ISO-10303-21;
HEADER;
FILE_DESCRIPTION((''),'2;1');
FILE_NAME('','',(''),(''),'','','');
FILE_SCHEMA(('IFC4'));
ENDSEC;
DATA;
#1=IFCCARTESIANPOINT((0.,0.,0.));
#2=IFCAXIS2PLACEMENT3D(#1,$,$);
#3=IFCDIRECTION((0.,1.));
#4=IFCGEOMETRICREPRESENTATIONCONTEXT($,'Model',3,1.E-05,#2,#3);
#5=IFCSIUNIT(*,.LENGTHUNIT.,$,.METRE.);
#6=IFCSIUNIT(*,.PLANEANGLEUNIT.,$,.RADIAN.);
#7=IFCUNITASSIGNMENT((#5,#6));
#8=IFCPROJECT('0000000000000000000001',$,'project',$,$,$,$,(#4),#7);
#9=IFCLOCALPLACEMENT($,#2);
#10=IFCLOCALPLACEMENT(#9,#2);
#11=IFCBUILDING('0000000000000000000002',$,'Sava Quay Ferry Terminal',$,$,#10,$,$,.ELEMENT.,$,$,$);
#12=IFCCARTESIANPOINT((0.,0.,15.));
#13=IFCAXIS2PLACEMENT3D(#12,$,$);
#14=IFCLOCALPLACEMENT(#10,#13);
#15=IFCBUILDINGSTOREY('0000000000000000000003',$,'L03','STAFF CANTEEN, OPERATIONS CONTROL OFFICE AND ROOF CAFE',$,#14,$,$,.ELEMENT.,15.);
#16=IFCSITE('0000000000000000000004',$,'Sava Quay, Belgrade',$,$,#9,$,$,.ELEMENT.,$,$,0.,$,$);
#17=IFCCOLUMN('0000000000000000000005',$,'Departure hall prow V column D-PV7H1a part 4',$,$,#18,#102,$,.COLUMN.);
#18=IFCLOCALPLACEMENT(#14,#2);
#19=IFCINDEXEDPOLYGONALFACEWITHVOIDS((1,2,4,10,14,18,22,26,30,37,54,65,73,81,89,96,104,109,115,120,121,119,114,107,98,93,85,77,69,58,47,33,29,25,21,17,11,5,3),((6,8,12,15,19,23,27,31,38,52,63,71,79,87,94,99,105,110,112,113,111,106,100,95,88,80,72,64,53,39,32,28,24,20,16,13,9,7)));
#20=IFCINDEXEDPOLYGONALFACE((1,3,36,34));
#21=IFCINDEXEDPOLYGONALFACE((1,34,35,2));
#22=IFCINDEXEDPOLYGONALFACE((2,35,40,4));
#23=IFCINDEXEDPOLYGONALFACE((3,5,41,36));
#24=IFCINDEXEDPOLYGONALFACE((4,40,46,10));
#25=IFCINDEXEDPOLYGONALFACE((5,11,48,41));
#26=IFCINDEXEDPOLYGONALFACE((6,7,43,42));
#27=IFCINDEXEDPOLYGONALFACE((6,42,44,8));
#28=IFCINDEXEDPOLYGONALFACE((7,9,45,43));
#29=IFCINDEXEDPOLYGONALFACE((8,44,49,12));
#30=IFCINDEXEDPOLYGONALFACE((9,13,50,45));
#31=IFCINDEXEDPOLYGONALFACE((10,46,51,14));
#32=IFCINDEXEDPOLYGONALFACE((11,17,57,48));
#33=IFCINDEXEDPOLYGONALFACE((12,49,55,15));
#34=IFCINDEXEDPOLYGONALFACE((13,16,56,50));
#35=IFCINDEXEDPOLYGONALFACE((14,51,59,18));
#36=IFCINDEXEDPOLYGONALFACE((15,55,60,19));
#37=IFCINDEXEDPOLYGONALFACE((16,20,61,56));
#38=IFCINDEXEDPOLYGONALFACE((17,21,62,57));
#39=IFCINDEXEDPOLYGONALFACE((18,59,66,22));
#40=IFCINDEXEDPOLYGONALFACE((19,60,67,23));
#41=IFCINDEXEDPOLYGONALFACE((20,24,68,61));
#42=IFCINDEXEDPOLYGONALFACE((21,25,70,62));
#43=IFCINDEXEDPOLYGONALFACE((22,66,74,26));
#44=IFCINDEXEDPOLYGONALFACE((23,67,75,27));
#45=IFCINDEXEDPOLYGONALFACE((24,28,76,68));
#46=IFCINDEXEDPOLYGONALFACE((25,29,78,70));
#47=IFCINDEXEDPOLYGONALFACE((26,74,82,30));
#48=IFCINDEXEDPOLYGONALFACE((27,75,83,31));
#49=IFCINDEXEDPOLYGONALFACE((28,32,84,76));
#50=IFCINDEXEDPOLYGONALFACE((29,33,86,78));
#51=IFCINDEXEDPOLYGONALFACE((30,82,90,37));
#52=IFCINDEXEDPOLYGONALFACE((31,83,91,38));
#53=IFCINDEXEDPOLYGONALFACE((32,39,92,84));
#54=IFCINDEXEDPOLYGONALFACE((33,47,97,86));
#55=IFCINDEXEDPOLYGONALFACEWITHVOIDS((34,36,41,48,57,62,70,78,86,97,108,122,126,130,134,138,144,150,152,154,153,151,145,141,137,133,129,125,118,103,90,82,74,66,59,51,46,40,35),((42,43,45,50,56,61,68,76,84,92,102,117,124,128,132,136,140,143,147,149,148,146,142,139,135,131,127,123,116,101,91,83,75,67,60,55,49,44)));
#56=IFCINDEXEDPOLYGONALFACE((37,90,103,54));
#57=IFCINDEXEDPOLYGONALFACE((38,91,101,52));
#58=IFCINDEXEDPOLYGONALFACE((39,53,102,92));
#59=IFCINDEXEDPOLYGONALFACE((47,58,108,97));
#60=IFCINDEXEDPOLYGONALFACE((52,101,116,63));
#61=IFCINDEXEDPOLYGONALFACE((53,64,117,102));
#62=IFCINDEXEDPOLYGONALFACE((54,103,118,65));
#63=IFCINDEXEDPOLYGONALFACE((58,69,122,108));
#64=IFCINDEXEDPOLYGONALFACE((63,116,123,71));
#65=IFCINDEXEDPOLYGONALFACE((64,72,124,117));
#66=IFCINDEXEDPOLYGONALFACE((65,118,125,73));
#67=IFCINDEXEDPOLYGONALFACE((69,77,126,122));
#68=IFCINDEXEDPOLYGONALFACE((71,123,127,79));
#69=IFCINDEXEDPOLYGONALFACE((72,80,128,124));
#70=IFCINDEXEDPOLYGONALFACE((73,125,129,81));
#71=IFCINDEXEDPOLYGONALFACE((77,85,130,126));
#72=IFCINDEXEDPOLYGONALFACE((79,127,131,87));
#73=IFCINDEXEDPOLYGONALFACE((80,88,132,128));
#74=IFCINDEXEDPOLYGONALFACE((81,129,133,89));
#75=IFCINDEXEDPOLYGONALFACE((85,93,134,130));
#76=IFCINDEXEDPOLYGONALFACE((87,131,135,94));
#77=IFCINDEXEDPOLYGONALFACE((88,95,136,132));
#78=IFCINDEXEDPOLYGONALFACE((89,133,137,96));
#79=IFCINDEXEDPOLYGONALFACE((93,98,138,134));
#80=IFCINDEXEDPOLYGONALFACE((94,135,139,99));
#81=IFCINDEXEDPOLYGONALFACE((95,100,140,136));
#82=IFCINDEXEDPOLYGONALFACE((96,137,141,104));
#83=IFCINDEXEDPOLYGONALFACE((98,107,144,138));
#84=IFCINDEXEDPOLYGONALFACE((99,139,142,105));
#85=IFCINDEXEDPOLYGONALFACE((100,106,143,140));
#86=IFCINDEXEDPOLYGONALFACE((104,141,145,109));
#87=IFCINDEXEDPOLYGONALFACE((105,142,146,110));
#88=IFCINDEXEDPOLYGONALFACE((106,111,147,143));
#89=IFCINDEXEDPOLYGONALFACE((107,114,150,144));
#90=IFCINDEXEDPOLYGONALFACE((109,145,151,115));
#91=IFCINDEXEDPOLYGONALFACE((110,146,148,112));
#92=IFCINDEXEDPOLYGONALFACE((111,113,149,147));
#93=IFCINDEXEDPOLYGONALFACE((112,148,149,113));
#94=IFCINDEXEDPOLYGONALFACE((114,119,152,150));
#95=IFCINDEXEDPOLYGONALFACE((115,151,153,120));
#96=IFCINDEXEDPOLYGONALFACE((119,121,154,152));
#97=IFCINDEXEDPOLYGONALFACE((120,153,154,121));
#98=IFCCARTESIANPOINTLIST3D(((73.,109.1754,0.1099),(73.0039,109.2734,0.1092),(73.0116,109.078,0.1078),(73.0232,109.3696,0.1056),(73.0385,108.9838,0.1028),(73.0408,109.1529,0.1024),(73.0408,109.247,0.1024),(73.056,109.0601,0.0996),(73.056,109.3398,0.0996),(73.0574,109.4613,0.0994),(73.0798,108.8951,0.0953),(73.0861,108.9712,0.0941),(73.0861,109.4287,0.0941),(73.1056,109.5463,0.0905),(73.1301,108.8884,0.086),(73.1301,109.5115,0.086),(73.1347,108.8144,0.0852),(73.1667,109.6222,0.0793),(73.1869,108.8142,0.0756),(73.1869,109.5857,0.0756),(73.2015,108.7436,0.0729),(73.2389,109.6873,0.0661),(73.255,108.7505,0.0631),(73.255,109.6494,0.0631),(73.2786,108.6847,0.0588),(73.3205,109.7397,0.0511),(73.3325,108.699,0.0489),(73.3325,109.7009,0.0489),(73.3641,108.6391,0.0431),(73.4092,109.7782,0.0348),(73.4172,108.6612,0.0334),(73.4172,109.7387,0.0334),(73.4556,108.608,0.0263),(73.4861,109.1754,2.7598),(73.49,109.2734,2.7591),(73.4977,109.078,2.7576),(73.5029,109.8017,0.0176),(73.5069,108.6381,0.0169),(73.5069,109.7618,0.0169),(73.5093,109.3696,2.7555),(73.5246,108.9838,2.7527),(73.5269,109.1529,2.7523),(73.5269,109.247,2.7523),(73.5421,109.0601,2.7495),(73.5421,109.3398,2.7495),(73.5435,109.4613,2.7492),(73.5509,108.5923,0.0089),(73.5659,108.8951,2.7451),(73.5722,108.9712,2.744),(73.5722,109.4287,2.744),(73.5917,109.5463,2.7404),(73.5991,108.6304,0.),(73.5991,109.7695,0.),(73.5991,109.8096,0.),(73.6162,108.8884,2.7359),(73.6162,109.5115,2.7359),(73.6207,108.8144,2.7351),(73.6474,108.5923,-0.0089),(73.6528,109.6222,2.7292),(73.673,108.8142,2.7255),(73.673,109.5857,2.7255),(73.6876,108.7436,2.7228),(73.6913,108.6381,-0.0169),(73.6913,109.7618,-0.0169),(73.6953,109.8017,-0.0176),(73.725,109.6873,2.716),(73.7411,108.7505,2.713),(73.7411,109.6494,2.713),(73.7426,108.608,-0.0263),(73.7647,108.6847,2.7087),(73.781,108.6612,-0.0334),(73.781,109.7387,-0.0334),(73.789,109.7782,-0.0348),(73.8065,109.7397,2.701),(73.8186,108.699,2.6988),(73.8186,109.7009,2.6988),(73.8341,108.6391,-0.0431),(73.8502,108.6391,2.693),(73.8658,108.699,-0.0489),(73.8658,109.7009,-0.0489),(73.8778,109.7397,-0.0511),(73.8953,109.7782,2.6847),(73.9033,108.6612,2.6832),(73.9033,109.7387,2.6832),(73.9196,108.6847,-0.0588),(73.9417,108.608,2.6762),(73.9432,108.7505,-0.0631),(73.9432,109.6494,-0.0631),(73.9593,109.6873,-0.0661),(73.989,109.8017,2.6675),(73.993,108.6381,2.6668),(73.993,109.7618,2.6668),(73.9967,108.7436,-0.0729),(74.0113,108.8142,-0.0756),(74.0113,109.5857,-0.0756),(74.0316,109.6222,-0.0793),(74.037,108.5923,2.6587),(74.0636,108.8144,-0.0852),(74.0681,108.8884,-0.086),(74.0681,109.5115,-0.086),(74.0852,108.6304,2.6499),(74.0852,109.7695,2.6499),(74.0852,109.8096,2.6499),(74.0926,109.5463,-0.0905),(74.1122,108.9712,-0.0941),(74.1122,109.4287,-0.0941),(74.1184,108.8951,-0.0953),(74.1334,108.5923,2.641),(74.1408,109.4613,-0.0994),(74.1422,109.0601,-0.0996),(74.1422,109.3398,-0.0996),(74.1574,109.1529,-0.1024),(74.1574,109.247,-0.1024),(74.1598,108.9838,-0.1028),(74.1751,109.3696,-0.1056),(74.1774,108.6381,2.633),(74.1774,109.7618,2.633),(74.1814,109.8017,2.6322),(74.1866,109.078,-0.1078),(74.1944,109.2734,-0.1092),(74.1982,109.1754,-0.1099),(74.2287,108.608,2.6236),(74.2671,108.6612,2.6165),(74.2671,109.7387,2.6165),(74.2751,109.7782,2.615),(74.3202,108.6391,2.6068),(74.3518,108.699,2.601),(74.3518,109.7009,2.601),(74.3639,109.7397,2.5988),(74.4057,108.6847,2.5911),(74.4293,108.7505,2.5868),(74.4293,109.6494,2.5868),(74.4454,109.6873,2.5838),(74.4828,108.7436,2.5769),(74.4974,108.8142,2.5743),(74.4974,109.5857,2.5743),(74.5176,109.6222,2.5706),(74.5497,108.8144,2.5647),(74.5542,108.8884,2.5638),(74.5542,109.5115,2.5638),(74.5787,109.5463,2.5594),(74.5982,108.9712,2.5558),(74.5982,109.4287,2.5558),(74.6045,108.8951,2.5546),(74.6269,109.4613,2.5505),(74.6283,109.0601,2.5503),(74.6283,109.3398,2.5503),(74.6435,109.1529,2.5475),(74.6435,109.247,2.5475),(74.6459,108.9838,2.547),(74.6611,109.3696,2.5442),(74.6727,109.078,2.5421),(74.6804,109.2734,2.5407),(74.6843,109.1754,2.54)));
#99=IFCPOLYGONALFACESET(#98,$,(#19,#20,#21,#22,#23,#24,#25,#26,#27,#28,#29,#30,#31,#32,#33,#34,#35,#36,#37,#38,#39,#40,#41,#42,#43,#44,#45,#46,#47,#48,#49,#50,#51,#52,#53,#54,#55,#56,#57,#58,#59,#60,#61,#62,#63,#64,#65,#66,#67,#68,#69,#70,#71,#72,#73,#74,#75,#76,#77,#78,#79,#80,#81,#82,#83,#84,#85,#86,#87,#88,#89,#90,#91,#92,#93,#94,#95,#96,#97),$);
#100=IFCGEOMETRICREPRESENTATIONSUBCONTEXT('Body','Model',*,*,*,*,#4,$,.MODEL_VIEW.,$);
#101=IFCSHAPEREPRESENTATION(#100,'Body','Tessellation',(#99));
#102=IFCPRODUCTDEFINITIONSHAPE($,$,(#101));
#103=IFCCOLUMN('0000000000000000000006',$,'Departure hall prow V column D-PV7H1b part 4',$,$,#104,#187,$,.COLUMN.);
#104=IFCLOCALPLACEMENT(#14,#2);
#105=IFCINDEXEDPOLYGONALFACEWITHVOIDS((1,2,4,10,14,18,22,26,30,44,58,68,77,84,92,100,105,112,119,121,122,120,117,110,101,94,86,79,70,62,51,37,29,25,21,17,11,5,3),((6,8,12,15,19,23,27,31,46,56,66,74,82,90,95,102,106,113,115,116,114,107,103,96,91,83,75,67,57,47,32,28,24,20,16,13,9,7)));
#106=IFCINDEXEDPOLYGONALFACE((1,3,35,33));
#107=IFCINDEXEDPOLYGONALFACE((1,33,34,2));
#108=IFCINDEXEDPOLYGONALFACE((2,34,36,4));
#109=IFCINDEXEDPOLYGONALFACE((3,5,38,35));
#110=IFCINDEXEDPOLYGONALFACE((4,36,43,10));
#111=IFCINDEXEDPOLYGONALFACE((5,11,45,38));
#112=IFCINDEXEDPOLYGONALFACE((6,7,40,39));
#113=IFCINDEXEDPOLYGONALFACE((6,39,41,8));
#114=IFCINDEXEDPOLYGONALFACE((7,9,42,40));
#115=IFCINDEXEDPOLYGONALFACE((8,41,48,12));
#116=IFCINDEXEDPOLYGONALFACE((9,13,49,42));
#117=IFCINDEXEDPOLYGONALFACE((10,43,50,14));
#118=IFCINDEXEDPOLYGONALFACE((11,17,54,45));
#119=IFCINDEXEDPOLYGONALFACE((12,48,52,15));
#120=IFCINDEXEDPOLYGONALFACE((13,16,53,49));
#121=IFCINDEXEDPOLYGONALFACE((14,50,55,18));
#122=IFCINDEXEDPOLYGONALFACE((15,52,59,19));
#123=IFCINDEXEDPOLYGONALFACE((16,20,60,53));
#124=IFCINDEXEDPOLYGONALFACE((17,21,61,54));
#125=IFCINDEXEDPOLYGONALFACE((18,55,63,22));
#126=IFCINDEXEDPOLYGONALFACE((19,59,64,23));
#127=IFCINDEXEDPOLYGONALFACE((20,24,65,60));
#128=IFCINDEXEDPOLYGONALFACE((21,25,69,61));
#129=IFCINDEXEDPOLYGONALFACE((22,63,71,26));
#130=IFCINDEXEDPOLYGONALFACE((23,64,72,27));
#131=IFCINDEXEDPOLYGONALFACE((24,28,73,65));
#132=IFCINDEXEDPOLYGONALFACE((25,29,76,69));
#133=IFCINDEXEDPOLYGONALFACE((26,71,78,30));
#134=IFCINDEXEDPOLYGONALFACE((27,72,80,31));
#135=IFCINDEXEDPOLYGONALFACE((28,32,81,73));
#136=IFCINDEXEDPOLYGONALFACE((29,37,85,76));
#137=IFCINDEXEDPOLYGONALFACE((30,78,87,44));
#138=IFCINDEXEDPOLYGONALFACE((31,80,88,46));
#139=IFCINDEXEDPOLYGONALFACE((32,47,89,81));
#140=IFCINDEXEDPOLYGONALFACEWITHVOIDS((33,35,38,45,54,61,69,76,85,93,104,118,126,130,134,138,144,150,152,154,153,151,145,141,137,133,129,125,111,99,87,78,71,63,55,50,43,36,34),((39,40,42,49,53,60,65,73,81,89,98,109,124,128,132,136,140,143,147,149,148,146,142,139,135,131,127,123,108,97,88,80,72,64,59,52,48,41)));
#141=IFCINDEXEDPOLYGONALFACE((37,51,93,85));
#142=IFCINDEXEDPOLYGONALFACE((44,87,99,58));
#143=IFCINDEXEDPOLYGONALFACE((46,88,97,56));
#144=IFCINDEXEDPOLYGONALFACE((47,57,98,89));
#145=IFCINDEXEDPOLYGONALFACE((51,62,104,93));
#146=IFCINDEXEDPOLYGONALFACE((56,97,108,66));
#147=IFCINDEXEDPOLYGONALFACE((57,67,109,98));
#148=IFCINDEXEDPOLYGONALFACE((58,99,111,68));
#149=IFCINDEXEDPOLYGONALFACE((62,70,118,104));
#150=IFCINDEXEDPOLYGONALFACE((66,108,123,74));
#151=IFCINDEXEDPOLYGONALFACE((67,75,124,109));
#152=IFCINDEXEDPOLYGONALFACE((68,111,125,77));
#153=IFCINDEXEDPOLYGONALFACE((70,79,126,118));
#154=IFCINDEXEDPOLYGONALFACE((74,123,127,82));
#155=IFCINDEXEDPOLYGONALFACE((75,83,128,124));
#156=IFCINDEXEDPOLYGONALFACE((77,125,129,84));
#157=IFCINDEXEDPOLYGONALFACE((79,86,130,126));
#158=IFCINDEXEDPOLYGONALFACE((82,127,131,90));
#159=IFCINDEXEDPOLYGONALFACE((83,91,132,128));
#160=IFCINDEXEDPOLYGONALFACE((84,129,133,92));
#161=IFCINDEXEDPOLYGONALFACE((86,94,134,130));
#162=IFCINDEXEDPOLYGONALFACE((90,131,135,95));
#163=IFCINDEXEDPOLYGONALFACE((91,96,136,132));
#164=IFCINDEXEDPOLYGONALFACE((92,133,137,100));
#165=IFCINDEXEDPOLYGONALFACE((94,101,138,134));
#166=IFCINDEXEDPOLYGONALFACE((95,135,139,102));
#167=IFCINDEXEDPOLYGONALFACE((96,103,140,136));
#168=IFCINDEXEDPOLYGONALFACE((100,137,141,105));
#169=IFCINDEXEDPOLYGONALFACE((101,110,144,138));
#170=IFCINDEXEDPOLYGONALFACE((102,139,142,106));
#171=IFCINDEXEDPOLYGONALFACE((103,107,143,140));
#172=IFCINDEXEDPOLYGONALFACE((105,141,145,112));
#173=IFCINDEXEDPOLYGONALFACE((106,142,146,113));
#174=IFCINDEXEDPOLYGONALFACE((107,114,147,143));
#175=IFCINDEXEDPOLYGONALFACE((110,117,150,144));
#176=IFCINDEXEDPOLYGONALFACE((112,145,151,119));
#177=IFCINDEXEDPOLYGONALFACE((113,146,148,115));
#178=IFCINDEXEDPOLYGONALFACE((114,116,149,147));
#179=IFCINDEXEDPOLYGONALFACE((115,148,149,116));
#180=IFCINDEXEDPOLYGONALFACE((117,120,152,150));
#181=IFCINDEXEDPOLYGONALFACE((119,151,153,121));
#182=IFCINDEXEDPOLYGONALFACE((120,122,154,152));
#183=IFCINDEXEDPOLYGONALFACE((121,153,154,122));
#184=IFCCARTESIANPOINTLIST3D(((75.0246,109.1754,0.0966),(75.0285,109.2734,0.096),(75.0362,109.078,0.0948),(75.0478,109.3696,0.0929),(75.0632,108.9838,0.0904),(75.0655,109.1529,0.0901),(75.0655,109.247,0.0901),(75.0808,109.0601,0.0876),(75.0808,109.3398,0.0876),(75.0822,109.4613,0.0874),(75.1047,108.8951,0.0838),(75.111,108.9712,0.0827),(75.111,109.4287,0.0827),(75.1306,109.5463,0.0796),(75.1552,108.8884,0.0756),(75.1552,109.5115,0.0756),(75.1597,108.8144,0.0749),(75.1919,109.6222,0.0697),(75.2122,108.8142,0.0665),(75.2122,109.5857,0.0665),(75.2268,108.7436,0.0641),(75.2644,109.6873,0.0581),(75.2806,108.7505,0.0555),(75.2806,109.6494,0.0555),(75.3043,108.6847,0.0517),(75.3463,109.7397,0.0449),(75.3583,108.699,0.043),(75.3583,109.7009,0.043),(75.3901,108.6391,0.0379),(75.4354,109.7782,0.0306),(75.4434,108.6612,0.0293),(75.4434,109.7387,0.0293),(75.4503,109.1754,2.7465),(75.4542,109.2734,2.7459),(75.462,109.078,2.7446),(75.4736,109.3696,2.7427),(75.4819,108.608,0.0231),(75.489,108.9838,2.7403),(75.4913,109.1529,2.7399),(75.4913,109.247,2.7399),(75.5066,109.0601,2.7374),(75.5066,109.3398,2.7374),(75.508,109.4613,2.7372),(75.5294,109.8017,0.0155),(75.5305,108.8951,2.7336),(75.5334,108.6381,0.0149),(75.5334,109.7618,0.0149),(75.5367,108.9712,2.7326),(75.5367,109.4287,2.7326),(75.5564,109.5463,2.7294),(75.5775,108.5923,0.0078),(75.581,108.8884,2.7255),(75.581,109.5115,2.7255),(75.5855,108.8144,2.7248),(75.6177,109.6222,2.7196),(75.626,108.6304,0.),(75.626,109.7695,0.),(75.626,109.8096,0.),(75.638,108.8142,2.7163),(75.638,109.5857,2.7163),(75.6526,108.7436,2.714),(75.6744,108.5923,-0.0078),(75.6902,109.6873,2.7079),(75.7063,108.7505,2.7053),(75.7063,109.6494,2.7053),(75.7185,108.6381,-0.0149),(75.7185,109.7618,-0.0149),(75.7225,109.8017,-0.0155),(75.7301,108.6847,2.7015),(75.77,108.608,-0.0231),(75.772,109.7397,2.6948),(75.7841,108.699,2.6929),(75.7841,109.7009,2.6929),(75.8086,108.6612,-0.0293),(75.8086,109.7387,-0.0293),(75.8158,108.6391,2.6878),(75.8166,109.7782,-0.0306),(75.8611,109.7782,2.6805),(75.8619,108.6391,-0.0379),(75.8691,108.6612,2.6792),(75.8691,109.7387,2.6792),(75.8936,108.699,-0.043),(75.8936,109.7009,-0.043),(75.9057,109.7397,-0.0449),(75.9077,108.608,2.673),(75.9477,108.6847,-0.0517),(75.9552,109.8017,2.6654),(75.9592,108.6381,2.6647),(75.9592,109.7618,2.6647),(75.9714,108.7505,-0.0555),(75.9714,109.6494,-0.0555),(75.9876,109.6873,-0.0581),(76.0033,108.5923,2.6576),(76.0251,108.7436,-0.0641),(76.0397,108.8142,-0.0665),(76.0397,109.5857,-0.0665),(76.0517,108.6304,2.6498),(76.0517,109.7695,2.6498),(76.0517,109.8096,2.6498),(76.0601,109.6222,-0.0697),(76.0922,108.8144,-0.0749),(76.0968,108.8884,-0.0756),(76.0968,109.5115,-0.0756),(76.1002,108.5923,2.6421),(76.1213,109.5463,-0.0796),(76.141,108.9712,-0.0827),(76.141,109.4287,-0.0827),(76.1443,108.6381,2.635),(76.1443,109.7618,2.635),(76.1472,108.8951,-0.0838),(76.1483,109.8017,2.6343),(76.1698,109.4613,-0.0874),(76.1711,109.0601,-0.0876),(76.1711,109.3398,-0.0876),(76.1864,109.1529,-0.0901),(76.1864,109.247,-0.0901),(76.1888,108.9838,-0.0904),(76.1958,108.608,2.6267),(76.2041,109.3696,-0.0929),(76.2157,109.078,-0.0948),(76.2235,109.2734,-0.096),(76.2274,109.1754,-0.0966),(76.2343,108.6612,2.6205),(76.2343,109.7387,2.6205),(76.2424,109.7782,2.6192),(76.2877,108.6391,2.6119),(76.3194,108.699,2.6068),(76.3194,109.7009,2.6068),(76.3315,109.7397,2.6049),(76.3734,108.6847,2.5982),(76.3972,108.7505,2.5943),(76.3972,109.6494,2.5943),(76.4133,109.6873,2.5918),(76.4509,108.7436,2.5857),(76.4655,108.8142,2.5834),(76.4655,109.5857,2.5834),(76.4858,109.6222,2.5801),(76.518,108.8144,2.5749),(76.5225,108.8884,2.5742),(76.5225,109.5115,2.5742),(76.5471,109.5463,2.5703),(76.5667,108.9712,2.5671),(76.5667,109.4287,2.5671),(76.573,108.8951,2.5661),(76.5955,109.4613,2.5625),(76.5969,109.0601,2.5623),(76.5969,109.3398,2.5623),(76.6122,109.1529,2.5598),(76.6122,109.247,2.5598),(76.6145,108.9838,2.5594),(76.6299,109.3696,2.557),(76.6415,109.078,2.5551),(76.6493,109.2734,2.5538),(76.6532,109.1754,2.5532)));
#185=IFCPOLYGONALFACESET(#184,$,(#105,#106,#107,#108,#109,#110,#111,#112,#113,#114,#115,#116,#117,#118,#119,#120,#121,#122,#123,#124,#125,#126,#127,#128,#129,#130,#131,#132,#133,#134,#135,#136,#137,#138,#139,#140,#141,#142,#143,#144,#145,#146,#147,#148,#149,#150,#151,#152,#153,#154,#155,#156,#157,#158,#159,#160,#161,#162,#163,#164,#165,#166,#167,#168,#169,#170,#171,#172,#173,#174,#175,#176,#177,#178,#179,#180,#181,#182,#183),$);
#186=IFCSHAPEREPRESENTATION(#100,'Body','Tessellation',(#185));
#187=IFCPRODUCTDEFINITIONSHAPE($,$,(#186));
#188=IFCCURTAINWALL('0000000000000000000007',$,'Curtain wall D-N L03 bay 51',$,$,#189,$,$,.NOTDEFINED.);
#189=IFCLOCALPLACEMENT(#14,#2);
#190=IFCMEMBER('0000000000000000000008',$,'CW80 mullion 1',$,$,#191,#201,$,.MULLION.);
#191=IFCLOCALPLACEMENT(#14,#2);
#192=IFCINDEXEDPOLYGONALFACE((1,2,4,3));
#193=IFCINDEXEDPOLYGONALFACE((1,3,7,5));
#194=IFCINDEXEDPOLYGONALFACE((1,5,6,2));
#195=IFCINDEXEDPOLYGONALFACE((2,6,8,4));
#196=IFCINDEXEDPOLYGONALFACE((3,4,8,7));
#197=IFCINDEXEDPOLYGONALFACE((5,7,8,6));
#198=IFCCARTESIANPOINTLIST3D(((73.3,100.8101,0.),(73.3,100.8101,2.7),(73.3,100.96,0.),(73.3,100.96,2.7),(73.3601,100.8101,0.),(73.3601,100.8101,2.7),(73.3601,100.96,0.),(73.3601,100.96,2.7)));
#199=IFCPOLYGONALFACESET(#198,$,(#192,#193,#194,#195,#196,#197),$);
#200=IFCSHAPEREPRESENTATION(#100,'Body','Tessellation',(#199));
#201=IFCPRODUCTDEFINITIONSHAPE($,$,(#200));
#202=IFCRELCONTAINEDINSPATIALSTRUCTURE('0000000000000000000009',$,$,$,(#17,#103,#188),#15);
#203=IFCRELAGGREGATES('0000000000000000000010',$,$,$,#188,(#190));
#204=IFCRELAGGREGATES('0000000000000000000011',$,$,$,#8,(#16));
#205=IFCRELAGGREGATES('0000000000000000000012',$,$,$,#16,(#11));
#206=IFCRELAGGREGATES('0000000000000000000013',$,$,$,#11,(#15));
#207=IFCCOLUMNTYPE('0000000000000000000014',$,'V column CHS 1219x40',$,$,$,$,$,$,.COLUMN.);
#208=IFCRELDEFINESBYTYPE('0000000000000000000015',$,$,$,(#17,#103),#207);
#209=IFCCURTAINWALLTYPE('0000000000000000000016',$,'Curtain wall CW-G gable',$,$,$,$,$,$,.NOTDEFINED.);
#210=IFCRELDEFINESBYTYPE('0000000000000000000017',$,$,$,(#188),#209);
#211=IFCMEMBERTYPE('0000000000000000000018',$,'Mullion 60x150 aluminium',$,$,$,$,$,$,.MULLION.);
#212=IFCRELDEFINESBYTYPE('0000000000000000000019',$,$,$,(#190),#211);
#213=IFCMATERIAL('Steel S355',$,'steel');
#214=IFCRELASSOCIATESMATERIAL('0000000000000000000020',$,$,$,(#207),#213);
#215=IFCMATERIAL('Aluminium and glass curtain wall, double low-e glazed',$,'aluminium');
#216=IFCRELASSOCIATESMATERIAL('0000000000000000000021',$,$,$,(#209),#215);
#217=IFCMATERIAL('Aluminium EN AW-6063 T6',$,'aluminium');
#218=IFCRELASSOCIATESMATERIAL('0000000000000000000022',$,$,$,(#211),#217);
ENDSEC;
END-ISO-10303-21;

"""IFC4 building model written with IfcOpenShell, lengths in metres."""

from ifc_helpers import new_model, si_unit, direction, frame, origin, origin_2d, place, context, subcontext, project, spatial, rectangle, hollow_circle, extrude, material, material_profile, profile_set, type_object, element, aggregate, save


model = new_model("IFC4")

# Units and contexts
model_context = context("Model", 3, precision=1e-05, world=origin(), true_north=direction((0.0, 1.0)))
body_context = subcontext(model_context, "Body", "Model", "MODEL_VIEW")
ifc_project = project(units=[si_unit("LENGTHUNIT", "METRE"), si_unit("PLANEANGLEUNIT", "RADIAN")], contexts=[model_context])

# Site, building, storey
site_placement = place(None, origin())
site = spatial("IfcSite", under=ifc_project, at=site_placement, Name="Sava Quay, Belgrade", CompositionType="ELEMENT", RefElevation=0.0)
building_placement = place(site_placement, origin())
building = spatial("IfcBuilding", under=site, at=building_placement, Name="Sava Quay Ferry Terminal", CompositionType="ELEMENT")
storey_placement = place(building_placement, frame((0.0, 0.0, 15.0)))
storey = spatial("IfcBuildingStorey", under=building, at=storey_placement, Name="L03", Description="STAFF CANTEEN, OPERATIONS CONTROL OFFICE AND ROOF CAFE", CompositionType="ELEMENT", Elevation=15.0)

# Columns
ifc_material_1 = material(Name="Steel S355", Category="steel")
ifc_material_profile_1 = material_profile(ifc_material_1, hollow_circle(Radius=0.6096, WallThickness=0.04, at=origin_2d()), Name="CHS 1219 x 40.0")
ifc_profile_set_1 = profile_set([ifc_material_profile_1], Name="Steel S355")
column_type = type_object("IfcColumnType", Name="V column CHS 1219x40", PredefinedType="COLUMN", material=ifc_profile_set_1)
column_1_placement = place(storey_placement, frame((73.5991, 109.2, 0.0), z_axis=(0.180424, 0.0, 0.983589), x_axis=(0.0, 1.0, 0.0)))
element("IfcColumn", 1, at=column_1_placement, inside=storey, type_object=column_type, Name="Departure hall prow V column D-PV7H1a part 4", PredefinedType="COLUMN", context=body_context, shape_type="SweptSolid", body=[
    extrude(hollow_circle(Radius=0.6096, WallThickness=0.04, at=origin_2d()), origin(), (0.0, 0.0, 1.0), 2.6941),
])
column_2_placement = place(storey_placement, frame((75.626, 109.2, 0.0), z_axis=(0.158643, 0.0, 0.987336), x_axis=(0.0, 1.0, 0.0)))
element("IfcColumn", 2, at=column_2_placement, inside=storey, type_object=column_type, Name="Departure hall prow V column D-PV7H1b part 4", PredefinedType="COLUMN", context=body_context, shape_type="SweptSolid", body=[
    extrude(hollow_circle(Radius=0.6096, WallThickness=0.04, at=origin_2d()), origin(), (0.0, 0.0, 1.0), 2.6838),
])

# Curtain wall, member
ifc_material_2 = material(Name="Aluminium and glass curtain wall, double low-e glazed", Category="aluminium")
curtain_wall_type = type_object("IfcCurtainWallType", Name="Curtain wall CW-G gable", PredefinedType="NOTDEFINED", material=ifc_material_2)
curtain_wall_1_placement = place(storey_placement, origin())
curtain_wall_1 = element("IfcCurtainWall", 3, at=curtain_wall_1_placement, inside=storey, type_object=curtain_wall_type, Name="Curtain wall D-N L03 bay 51", PredefinedType="NOTDEFINED")
ifc_material_3 = material(Name="Aluminium EN AW-6063 T6", Category="aluminium")
ifc_material_profile_2 = material_profile(ifc_material_3, rectangle(XDim=0.1499, YDim=0.0601, at=origin_2d()), Name="Mullion 60x150 aluminium")
ifc_profile_set_2 = profile_set([ifc_material_profile_2], Name="Aluminium EN AW-6063 T6")
member_type_1 = type_object("IfcMemberType", Name="Mullion 60x150 aluminium", PredefinedType="MULLION", material=ifc_profile_set_2)
member_1_placement = place(storey_placement, frame((73.3301, 100.885, 0.0), z_axis=(0.0, 0.0, 1.0), x_axis=(0.0, 1.0, 0.0)))
member_1 = element("IfcMember", 4, at=member_1_placement, type_object=member_type_1, Name="CW80 mullion 1", PredefinedType="MULLION", context=body_context, shape_type="SweptSolid", body=[
    extrude(rectangle(XDim=0.1499, YDim=0.0601, at=origin_2d()), origin(), (0.0, 0.0, 1.0), 2.7),
])

aggregate(curtain_wall_1, [member_1])

save(model, "model.ifc")
